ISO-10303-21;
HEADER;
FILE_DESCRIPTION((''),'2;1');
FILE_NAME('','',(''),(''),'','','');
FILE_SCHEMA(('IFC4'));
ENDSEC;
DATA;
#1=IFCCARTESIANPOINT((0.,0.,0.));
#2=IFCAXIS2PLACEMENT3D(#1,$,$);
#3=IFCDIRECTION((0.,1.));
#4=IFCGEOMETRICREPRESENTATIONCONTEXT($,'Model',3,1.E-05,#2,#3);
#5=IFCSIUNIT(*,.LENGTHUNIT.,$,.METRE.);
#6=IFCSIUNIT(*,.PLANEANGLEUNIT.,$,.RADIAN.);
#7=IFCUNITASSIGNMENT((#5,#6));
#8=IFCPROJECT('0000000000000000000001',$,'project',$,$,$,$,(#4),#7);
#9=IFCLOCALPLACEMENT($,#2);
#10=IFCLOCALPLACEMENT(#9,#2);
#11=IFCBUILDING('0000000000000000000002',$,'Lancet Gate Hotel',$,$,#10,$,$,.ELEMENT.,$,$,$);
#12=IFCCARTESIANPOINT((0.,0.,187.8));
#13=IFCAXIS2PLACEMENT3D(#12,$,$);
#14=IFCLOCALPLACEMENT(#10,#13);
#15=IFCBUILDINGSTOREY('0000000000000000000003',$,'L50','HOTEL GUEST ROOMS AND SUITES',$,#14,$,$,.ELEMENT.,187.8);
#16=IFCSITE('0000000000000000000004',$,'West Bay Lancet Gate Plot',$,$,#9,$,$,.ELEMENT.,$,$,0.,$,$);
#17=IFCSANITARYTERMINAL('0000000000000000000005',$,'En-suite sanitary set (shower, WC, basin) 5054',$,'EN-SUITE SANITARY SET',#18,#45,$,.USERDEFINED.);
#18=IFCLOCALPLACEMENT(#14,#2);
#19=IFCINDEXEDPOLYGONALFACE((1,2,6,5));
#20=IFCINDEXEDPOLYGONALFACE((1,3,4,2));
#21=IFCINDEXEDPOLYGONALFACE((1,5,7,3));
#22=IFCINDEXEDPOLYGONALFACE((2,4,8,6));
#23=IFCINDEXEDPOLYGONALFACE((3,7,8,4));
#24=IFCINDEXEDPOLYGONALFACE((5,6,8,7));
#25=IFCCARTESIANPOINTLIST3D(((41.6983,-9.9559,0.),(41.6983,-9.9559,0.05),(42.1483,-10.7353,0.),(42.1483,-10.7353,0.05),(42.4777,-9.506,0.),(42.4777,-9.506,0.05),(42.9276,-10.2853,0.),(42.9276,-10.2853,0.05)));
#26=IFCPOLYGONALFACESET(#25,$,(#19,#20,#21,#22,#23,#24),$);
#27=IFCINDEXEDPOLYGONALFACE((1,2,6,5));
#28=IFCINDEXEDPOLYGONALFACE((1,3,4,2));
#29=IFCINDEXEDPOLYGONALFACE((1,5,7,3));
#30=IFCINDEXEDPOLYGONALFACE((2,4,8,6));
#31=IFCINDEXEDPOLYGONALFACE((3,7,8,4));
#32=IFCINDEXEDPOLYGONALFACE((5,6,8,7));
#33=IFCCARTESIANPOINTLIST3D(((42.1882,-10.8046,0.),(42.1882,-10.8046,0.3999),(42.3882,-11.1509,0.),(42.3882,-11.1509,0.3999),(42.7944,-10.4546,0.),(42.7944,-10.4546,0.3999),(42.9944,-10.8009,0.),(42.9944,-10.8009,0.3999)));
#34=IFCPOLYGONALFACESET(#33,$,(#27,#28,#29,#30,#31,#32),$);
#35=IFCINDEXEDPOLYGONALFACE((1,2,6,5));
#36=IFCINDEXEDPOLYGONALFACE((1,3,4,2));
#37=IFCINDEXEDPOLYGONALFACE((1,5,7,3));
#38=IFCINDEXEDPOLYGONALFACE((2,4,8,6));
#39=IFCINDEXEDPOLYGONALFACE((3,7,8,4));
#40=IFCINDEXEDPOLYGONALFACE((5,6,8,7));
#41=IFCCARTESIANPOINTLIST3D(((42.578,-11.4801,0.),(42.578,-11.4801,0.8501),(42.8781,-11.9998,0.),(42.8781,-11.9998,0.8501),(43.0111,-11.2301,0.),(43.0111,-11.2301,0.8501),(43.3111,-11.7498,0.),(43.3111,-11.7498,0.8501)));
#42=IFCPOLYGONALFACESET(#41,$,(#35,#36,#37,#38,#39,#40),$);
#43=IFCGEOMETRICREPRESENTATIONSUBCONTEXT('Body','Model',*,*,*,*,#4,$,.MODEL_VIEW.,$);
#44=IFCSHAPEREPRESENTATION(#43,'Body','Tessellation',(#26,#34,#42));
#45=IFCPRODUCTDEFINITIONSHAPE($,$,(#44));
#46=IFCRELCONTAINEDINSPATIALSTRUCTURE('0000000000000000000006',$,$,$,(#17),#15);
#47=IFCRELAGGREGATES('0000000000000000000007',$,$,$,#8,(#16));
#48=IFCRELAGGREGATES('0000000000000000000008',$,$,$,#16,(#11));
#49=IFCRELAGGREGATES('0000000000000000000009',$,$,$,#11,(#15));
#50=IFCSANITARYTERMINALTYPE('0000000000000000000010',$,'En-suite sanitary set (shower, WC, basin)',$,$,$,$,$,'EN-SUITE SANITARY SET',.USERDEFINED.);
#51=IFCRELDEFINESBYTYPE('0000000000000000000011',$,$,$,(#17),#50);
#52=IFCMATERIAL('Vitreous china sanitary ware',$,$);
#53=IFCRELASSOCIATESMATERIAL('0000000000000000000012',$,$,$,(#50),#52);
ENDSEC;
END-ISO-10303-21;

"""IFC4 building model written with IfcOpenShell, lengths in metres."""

from ifc_helpers import new_model, si_unit, direction, frame, origin, origin_2d, place, context, subcontext, project, spatial, rectangle, extrude, material, type_object, element, save


model = new_model("IFC4")

# Units and contexts
model_context = context("Model", 3, precision=1e-05, world=origin(), true_north=direction((0.0, 1.0)))
body_context = subcontext(model_context, "Body", "Model", "MODEL_VIEW")
ifc_project = project(units=[si_unit("LENGTHUNIT", "METRE"), si_unit("PLANEANGLEUNIT", "RADIAN")], contexts=[model_context])

# Site, building, storey
site_placement = place(None, origin())
site = spatial("IfcSite", under=ifc_project, at=site_placement, Name="West Bay Lancet Gate Plot", CompositionType="ELEMENT", RefElevation=0.0)
building_placement = place(site_placement, origin())
building = spatial("IfcBuilding", under=site, at=building_placement, Name="Lancet Gate Hotel", CompositionType="ELEMENT")
storey_placement = place(building_placement, frame((0.0, 0.0, 187.8)))
storey = spatial("IfcBuildingStorey", under=building, at=storey_placement, Name="L50", Description="HOTEL GUEST ROOMS AND SUITES", CompositionType="ELEMENT", Elevation=187.8)

# Sanitary terminal
ifc_material_1 = material(Name="Vitreous china sanitary ware")
sanitary_terminal_type = type_object("IfcSanitaryTerminalType", Name="En-suite sanitary set (shower, WC, basin)", ElementType="EN-SUITE SANITARY SET", PredefinedType="USERDEFINED", material=ifc_material_1)
sanitary_terminal_placement = place(storey_placement, frame((42.313, -10.1206, 0.0), z_axis=(0.0, 0.0, 1.0), x_axis=(1.0, 0.0, 0.0)))
element("IfcSanitaryTerminal", 1, at=sanitary_terminal_placement, inside=storey, type_object=sanitary_terminal_type, Name="En-suite sanitary set (shower, WC, basin) 5054", ObjectType="EN-SUITE SANITARY SET", PredefinedType="USERDEFINED", context=body_context, shape_type="SweptSolid", body=[
    extrude(rectangle(XDim=0.8999, YDim=0.8999, at=origin_2d()), frame((0.0, 0.0, 0.0), z_axis=(0.0, 0.0, 1.0), x_axis=(-0.5, 0.866025, 0.0)), (0.0, 0.0, 1.0), 0.05),
    extrude(rectangle(XDim=0.3999, YDim=0.7, at=origin_2d()), frame((0.2783, -0.6821, 0.0), z_axis=(0.0, 0.0, 1.0), x_axis=(-0.5, 0.866025, 0.0)), (0.0, 0.0, 1.0), 0.3999),
    extrude(rectangle(XDim=0.6001, YDim=0.5, at=origin_2d()), frame((0.6316, -1.4944, 0.0), z_axis=(0.0, 0.0, 1.0), x_axis=(-0.5, 0.866025, 0.0)), (0.0, 0.0, 1.0), 0.8501),
])

save(model, "model.ifc")
